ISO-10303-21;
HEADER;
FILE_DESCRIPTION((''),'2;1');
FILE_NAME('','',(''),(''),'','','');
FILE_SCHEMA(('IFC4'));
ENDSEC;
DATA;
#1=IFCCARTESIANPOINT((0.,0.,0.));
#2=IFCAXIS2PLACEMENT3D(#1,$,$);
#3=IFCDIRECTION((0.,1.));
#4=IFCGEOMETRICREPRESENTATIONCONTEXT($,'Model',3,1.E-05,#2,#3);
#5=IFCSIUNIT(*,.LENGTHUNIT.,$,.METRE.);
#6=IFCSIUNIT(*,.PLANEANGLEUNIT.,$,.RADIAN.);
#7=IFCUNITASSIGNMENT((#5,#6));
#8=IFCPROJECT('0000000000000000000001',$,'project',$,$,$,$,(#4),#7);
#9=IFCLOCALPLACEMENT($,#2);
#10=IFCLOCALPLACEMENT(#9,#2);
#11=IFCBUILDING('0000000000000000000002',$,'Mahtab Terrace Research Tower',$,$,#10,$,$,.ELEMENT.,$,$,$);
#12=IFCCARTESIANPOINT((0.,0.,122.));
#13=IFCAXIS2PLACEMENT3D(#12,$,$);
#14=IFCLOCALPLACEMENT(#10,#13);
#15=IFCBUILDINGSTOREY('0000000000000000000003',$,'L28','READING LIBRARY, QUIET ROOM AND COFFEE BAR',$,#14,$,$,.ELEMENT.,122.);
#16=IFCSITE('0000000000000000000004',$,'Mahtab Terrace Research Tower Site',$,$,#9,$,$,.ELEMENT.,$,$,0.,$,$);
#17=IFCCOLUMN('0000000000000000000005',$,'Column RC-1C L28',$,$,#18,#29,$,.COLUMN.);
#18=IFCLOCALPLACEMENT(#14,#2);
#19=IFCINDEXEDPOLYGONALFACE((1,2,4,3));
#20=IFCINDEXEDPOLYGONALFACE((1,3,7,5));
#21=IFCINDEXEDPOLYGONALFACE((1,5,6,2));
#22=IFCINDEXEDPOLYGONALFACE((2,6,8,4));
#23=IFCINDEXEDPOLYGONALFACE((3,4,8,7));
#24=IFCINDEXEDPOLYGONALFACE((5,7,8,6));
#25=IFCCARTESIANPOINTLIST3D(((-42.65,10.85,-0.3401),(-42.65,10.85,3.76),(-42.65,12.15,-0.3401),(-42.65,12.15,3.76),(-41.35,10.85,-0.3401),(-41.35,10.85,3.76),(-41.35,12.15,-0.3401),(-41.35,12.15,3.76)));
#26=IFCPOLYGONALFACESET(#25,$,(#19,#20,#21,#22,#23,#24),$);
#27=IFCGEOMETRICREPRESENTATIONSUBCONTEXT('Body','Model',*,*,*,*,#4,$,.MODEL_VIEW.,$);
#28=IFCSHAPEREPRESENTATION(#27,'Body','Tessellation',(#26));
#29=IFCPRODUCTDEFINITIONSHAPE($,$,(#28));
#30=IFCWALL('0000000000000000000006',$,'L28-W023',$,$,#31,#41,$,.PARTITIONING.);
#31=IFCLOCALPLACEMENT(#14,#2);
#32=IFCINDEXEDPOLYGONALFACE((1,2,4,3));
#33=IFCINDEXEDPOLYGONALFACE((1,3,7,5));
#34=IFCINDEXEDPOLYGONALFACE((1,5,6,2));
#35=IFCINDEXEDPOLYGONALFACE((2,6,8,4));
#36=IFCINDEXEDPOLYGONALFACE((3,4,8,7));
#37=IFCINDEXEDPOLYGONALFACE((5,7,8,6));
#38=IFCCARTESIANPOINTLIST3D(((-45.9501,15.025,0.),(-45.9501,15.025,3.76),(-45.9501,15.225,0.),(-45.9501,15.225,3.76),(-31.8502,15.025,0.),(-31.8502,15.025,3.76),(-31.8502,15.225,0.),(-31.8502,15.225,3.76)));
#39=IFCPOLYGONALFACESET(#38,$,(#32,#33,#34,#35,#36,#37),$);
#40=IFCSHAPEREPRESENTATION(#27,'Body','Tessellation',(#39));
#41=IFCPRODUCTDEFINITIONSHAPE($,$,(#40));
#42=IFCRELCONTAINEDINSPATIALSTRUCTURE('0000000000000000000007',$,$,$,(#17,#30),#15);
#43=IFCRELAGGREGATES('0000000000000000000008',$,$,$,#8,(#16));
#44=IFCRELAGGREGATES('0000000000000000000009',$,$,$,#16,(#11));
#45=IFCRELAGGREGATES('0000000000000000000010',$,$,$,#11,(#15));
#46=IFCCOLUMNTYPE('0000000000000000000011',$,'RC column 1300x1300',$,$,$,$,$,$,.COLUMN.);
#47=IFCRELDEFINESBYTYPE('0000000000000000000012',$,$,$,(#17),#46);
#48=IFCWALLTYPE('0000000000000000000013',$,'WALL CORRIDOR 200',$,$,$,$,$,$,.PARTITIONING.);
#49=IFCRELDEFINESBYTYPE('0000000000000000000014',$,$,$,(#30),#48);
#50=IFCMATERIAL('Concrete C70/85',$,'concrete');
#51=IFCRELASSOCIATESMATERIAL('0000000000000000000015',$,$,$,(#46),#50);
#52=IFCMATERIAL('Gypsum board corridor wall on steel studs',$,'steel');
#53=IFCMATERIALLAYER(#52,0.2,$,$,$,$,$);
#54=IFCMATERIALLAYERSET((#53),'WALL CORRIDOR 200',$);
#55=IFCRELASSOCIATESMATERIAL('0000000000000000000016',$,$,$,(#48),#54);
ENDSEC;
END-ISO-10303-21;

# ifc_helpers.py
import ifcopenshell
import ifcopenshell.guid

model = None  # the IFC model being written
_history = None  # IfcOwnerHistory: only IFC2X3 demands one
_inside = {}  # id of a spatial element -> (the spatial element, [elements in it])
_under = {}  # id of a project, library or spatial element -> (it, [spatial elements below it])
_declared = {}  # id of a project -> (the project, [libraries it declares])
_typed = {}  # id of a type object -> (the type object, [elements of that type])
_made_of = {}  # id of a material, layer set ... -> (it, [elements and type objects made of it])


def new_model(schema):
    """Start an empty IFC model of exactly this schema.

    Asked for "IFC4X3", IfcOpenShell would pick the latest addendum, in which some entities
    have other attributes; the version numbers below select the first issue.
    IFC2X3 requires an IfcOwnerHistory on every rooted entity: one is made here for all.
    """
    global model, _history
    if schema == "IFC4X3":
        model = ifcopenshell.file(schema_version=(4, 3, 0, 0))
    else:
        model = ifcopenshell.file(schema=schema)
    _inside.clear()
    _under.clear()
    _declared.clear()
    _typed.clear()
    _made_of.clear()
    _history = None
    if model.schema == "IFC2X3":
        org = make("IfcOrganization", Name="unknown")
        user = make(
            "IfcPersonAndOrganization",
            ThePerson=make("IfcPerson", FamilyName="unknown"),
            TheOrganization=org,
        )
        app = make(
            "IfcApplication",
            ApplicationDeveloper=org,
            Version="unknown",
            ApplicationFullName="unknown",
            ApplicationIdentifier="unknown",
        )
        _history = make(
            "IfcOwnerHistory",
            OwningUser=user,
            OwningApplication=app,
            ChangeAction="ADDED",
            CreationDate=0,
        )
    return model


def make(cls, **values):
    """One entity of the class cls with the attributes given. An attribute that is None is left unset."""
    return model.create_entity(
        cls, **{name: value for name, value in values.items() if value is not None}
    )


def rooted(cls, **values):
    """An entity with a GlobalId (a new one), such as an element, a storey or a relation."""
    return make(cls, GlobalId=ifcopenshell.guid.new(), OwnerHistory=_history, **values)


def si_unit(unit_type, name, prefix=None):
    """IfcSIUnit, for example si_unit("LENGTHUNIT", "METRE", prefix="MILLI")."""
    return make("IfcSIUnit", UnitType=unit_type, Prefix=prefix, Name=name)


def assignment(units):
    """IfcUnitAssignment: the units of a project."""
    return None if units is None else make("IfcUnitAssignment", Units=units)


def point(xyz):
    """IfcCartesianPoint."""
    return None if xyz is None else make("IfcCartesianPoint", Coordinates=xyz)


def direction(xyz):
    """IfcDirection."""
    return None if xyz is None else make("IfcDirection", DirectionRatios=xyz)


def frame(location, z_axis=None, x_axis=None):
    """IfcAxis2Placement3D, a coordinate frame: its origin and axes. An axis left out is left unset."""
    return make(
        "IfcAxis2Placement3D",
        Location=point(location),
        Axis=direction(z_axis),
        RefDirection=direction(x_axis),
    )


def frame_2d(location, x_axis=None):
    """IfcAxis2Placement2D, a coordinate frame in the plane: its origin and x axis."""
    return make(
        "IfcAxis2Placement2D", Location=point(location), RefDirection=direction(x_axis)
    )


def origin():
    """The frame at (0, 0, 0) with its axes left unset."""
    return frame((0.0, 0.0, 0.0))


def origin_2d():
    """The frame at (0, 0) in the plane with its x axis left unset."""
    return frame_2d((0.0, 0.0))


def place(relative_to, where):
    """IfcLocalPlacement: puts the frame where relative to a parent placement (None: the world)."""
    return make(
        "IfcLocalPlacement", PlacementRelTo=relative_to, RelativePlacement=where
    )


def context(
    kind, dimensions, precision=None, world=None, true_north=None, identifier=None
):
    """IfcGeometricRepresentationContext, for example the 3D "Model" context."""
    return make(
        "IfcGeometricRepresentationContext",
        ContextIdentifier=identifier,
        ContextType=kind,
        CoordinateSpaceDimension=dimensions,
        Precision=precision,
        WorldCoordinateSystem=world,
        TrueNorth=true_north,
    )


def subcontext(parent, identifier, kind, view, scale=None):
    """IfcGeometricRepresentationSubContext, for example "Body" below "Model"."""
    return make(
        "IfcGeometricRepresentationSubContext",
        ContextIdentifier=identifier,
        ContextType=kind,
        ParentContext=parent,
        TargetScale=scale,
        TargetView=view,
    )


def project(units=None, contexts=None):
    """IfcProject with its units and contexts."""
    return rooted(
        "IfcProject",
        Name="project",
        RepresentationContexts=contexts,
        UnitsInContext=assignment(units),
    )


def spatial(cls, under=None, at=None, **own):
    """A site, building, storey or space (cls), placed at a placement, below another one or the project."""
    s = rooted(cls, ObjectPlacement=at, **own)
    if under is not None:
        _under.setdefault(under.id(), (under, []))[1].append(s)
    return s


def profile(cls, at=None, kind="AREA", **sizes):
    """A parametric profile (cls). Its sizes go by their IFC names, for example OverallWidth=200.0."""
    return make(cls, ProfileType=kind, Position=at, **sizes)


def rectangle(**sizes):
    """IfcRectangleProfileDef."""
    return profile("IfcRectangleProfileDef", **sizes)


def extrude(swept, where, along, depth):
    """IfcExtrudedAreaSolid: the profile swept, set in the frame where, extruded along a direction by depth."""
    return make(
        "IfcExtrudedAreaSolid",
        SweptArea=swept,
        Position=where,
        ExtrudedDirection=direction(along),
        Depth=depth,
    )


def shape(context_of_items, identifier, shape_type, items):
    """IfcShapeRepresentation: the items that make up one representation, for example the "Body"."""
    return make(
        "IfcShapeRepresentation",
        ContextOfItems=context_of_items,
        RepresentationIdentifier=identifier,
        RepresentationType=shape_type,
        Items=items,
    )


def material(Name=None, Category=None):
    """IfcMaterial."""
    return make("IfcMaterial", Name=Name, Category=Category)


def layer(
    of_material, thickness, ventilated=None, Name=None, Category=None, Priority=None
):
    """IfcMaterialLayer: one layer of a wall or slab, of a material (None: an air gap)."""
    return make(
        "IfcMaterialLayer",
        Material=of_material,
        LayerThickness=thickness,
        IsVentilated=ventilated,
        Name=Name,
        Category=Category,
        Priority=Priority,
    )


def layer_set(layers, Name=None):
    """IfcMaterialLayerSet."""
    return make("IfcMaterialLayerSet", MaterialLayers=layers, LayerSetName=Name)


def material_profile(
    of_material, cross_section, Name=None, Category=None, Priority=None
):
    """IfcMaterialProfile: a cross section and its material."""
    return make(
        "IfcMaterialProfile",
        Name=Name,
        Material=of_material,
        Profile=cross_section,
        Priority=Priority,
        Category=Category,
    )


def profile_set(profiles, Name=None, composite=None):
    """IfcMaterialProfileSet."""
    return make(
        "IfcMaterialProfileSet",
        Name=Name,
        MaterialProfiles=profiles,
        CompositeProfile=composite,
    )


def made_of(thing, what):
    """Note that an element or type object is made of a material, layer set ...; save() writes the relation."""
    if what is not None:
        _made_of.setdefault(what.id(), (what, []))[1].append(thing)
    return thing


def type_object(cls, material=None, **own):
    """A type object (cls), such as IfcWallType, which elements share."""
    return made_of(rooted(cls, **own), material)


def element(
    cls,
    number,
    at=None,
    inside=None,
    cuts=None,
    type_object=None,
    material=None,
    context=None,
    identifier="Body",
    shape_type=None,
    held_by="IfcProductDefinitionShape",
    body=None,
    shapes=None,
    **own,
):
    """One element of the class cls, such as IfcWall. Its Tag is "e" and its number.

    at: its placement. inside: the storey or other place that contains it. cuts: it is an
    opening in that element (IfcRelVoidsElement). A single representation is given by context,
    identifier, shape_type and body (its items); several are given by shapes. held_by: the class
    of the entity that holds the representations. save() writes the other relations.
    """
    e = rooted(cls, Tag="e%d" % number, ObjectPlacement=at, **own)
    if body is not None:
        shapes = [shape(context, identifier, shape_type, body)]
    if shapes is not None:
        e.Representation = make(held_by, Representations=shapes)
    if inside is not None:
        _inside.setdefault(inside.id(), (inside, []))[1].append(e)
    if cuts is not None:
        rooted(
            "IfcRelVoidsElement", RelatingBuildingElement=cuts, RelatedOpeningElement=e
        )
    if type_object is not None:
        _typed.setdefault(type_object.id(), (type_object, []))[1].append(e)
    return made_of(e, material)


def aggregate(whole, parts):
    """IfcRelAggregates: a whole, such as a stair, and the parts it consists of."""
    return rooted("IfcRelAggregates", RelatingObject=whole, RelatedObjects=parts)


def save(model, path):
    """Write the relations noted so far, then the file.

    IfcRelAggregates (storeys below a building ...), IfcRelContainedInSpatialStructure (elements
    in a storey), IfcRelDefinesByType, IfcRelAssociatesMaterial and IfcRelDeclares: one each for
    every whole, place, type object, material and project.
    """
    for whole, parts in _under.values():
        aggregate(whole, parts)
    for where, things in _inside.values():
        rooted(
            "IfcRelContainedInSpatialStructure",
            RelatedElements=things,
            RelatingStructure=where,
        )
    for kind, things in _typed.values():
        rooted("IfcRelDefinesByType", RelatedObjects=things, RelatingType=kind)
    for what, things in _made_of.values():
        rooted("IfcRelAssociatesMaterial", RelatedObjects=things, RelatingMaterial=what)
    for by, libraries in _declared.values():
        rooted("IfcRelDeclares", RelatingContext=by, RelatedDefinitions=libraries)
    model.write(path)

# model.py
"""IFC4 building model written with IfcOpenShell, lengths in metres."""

from ifc_helpers import new_model, si_unit, direction, frame, frame_2d, origin, origin_2d, place, context, subcontext, project, spatial, rectangle, extrude, material, layer, layer_set, material_profile, profile_set, type_object, element, save


model = new_model("IFC4")

# Units and contexts
model_context = context("Model", 3, precision=1e-05, world=origin(), true_north=direction((0.0, 1.0)))
body_context = subcontext(model_context, "Body", "Model", "MODEL_VIEW")
ifc_project = project(units=[si_unit("LENGTHUNIT", "METRE"), si_unit("PLANEANGLEUNIT", "RADIAN")], contexts=[model_context])

# Site, building, storey
site_placement = place(None, origin())
site = spatial("IfcSite", under=ifc_project, at=site_placement, Name="Mahtab Terrace Research Tower Site", CompositionType="ELEMENT", RefElevation=0.0)
building_placement = place(site_placement, origin())
building = spatial("IfcBuilding", under=site, at=building_placement, Name="Mahtab Terrace Research Tower", CompositionType="ELEMENT")
storey_placement = place(building_placement, frame((0.0, 0.0, 122.0)))
storey = spatial("IfcBuildingStorey", under=building, at=storey_placement, Name="L28", Description="READING LIBRARY, QUIET ROOM AND COFFEE BAR", CompositionType="ELEMENT", Elevation=122.0)

# Column
ifc_material_1 = material(Name="Concrete C70/85", Category="concrete")
ifc_material_profile = material_profile(ifc_material_1, rectangle(XDim=1.3, YDim=1.3, at=origin_2d()), Name="RC column 1300x1300")
ifc_profile_set = profile_set([ifc_material_profile], Name="Concrete C70/85")
column_type = type_object("IfcColumnType", Name="RC column 1300x1300", PredefinedType="COLUMN", material=ifc_profile_set)
column_placement = place(storey_placement, frame((-42.0, 11.5, -0.3401), z_axis=(0.0, 0.0, 1.0), x_axis=(1.0, 0.0, 0.0)))
element("IfcColumn", 1, at=column_placement, inside=storey, type_object=column_type, Name="Column RC-1C L28", PredefinedType="COLUMN", context=body_context, shape_type="SweptSolid", body=[
    extrude(rectangle(XDim=1.3, YDim=1.3, at=origin_2d()), origin(), (0.0, 0.0, 1.0), 4.1001),
])

# Wall
ifc_material_2 = material(Name="Gypsum board corridor wall on steel studs", Category="steel")
ifc_layer = layer(ifc_material_2, 0.2)
ifc_layer_set = layer_set([ifc_layer], Name="WALL CORRIDOR 200")
wall_type = type_object("IfcWallType", Name="WALL CORRIDOR 200", PredefinedType="PARTITIONING", material=ifc_layer_set)
wall_placement = place(storey_placement, frame((-45.95, 15.125, 0.0), z_axis=(0.0, 0.0, 1.0), x_axis=(1.0, 0.0, 0.0)))
element("IfcWall", 2, at=wall_placement, inside=storey, type_object=wall_type, Name="L28-W023", PredefinedType="PARTITIONING", context=body_context, shape_type="SweptSolid", body=[
    extrude(rectangle(XDim=14.0999, YDim=0.2, at=frame_2d((7.0498, 0.0))), origin(), (0.0, 0.0, 1.0), 3.76),
])

save(model, "model.ifc")
